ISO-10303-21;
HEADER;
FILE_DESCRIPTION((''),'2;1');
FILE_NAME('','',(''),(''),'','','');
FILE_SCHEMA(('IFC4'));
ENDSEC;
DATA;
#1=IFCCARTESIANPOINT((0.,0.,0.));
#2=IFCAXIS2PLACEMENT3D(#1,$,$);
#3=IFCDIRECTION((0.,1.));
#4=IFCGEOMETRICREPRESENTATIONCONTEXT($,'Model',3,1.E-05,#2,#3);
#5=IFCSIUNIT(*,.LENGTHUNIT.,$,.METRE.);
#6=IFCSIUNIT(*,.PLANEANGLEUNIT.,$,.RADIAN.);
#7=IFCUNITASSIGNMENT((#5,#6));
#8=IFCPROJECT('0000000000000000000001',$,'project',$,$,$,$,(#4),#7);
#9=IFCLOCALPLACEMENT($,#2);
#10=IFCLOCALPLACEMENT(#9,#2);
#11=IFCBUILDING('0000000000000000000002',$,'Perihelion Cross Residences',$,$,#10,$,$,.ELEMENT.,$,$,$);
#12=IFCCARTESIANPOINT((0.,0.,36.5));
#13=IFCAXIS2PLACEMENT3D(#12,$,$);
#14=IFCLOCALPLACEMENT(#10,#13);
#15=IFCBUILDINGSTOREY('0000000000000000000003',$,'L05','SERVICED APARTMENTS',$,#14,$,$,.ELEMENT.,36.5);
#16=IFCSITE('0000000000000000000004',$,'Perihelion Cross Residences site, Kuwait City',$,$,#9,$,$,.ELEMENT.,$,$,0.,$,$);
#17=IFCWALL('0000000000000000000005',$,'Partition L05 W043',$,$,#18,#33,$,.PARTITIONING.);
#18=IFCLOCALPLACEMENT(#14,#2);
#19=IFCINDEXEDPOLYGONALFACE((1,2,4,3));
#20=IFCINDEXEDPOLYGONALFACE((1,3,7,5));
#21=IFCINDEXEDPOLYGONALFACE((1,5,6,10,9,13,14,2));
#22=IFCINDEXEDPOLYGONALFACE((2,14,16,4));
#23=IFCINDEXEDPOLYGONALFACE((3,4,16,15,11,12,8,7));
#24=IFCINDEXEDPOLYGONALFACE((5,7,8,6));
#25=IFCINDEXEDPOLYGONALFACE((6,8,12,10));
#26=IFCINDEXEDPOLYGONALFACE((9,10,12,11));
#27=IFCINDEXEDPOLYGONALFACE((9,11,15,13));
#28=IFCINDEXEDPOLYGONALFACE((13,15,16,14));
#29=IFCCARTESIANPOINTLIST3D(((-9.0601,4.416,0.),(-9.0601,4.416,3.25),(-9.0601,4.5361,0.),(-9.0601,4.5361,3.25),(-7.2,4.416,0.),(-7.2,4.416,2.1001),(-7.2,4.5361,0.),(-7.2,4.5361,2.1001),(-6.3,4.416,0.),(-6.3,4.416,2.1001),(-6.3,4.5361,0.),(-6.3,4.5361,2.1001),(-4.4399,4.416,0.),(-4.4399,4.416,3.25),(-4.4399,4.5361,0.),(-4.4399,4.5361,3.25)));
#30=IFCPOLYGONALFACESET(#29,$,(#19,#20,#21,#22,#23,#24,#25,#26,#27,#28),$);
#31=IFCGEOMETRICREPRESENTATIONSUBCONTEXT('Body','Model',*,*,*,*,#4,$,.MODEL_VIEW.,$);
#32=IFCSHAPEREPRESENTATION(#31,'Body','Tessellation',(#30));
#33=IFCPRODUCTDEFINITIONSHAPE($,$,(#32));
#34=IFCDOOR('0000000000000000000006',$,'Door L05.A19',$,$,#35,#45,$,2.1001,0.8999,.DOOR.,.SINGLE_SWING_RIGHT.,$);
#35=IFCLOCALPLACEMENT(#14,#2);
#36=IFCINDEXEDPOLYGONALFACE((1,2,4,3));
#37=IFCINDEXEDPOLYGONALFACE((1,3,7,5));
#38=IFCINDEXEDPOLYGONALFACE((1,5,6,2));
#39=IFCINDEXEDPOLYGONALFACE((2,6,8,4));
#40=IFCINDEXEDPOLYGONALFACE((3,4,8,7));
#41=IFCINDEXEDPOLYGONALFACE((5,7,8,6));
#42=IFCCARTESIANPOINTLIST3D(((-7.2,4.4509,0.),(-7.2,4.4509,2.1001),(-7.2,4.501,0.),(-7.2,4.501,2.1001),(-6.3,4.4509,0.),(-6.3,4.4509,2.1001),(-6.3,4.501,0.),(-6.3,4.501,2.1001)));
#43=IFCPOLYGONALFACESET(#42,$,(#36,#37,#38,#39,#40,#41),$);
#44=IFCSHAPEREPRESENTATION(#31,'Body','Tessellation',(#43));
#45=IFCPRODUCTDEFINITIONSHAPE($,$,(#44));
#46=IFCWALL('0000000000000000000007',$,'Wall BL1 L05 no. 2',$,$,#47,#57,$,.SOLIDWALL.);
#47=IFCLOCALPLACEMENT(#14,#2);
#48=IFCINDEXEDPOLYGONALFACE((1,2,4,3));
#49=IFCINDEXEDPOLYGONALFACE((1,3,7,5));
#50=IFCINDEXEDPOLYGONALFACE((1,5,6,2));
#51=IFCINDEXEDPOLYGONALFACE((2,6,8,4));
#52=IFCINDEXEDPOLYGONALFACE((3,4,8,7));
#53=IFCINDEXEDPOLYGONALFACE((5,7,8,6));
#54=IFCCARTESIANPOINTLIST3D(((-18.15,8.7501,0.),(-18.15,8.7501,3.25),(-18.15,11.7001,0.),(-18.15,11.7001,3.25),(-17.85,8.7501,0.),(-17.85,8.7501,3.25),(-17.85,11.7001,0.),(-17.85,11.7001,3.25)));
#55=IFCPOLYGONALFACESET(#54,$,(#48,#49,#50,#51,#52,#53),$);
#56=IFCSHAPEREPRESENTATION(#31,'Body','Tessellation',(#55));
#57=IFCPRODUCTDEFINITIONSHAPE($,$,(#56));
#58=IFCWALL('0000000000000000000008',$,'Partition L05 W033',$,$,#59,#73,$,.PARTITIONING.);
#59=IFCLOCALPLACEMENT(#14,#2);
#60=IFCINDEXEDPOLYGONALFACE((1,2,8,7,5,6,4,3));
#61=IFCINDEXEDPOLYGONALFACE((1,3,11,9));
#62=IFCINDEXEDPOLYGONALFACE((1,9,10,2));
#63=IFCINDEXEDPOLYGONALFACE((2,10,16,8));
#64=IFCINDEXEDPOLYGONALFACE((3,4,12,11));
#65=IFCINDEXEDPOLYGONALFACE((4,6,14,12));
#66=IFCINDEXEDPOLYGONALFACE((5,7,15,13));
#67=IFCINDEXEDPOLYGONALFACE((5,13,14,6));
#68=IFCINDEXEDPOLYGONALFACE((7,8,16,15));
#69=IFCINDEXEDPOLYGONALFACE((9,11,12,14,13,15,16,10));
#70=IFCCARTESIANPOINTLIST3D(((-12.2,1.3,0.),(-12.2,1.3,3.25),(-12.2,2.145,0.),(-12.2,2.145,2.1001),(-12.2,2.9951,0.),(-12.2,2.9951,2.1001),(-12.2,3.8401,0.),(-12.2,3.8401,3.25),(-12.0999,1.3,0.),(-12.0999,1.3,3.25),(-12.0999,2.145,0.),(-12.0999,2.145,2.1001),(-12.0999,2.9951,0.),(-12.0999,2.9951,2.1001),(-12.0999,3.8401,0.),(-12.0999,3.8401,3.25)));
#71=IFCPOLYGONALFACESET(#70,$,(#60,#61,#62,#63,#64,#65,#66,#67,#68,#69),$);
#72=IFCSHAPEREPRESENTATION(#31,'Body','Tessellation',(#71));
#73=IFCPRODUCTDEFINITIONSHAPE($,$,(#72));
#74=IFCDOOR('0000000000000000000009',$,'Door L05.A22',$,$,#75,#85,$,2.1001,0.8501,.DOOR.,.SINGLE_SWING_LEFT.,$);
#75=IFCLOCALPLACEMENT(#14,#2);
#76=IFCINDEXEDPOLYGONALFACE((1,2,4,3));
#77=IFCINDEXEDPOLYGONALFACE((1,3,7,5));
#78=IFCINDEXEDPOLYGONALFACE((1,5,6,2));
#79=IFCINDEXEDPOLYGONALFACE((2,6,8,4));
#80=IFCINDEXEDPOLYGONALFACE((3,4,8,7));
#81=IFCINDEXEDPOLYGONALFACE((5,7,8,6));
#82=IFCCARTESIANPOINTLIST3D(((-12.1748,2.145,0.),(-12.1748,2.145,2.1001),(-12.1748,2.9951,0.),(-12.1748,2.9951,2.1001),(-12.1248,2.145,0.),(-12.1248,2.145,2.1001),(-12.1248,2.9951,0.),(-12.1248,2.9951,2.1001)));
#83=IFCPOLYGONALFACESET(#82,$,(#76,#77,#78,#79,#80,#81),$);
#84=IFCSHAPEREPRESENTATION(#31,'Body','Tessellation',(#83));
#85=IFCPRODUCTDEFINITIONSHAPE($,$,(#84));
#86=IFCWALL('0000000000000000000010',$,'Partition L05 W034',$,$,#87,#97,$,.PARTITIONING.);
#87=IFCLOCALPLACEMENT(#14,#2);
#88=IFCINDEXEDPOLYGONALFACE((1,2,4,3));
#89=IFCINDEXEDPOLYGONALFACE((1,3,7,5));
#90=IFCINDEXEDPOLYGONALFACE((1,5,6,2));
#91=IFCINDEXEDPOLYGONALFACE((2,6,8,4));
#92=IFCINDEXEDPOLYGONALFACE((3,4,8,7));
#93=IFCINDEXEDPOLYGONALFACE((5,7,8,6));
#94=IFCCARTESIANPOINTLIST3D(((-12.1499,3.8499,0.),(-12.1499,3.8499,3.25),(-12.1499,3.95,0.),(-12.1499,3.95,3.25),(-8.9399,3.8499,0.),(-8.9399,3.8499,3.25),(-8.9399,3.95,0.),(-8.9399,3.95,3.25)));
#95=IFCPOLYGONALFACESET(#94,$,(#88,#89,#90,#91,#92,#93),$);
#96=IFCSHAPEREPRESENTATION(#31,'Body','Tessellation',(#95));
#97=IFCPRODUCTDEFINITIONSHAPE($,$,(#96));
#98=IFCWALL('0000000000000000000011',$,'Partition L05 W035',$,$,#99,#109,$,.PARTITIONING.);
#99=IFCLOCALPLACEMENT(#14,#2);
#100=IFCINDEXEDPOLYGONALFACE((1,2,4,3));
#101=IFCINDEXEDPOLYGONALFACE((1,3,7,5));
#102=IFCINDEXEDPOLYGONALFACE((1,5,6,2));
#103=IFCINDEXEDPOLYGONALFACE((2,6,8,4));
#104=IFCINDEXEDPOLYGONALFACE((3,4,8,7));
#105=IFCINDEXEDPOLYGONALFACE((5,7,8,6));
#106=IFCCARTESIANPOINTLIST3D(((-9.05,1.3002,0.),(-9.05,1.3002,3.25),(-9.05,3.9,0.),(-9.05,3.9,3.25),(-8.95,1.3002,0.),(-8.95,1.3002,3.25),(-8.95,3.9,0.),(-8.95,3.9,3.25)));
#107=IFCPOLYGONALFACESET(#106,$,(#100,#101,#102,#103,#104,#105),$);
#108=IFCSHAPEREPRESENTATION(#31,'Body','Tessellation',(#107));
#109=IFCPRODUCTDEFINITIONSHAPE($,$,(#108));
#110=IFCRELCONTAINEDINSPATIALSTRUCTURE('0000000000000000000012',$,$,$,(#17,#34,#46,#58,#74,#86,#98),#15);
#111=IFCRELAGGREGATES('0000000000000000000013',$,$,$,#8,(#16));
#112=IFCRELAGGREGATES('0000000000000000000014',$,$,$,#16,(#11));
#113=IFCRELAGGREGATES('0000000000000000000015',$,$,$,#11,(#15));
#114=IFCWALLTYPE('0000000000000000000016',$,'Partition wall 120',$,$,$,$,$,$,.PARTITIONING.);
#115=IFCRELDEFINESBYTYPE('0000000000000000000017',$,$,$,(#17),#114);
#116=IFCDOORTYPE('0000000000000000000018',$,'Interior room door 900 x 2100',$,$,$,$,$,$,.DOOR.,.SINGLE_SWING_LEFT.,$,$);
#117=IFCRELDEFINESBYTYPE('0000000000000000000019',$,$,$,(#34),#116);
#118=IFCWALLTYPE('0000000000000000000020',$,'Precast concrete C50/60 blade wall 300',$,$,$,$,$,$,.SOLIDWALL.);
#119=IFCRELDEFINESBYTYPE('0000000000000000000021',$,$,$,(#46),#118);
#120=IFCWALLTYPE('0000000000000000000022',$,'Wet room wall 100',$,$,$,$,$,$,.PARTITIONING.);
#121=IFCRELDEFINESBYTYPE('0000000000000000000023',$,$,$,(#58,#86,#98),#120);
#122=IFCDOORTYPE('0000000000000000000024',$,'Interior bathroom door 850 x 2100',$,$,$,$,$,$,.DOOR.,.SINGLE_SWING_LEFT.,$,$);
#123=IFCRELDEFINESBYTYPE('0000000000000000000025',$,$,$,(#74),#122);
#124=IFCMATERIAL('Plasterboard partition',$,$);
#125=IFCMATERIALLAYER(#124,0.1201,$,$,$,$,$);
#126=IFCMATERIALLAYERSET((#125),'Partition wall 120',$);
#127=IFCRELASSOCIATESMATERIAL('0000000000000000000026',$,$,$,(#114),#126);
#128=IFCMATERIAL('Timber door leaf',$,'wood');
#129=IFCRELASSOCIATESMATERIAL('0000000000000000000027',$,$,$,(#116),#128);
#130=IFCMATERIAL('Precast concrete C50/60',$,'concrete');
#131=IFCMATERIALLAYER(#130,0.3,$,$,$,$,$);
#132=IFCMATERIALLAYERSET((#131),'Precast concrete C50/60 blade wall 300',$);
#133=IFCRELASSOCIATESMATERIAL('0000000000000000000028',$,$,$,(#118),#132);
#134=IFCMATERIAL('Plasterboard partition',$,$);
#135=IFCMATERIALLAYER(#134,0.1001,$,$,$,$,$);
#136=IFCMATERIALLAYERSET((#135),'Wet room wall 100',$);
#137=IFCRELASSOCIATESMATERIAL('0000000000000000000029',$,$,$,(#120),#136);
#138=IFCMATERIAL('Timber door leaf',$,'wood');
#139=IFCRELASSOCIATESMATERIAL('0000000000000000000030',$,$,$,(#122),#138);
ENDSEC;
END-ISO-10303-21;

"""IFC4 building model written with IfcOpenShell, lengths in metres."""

from ifc_helpers import new_model, si_unit, direction, frame, frame_2d, origin, place, context, subcontext, project, spatial, rectangle, extrude, material, layer, layer_set, type_object, element, fill, save


model = new_model("IFC4")

# Units and contexts
model_context = context("Model", 3, precision=1e-05, world=origin(), true_north=direction((0.0, 1.0)))
body_context = subcontext(model_context, "Body", "Model", "MODEL_VIEW")
ifc_project = project(units=[si_unit("LENGTHUNIT", "METRE"), si_unit("PLANEANGLEUNIT", "RADIAN")], contexts=[model_context])

# Site, building, storey
site_placement = place(None, origin())
site = spatial("IfcSite", under=ifc_project, at=site_placement, Name="Perihelion Cross Residences site, Kuwait City", CompositionType="ELEMENT", RefElevation=0.0)
building_placement = place(site_placement, origin())
building = spatial("IfcBuilding", under=site, at=building_placement, Name="Perihelion Cross Residences", CompositionType="ELEMENT")
storey_placement = place(building_placement, frame((0.0, 0.0, 36.5)))
storey = spatial("IfcBuildingStorey", under=building, at=storey_placement, Name="L05", Description="SERVICED APARTMENTS", CompositionType="ELEMENT", Elevation=36.5)

# Shared definitions
ifc_material_1 = material(Name="Plasterboard partition")
ifc_layer_1 = layer(ifc_material_1, 0.1201)
ifc_layer_set_1 = layer_set([ifc_layer_1], Name="Partition wall 120")
wall_type_1 = type_object("IfcWallType", Name="Partition wall 120", PredefinedType="PARTITIONING", material=ifc_layer_set_1)
ifc_material_2 = material(Name="Timber door leaf", Category="wood")
door_type_1 = type_object("IfcDoorType", Name="Interior room door 900 x 2100", OperationType="SINGLE_SWING_LEFT", PredefinedType="DOOR", material=ifc_material_2)

# Wall, opening, door
wall_1_placement = place(storey_placement, frame((-9.0601, 4.4761, 0.0), z_axis=(0.0, 0.0, 1.0), x_axis=(1.0, 0.0, 0.0)))
wall_1 = element("IfcWall", 1, at=wall_1_placement, inside=storey, type_object=wall_type_1, Name="Partition L05 W043", PredefinedType="PARTITIONING", context=body_context, shape_type="SweptSolid", body=[
    extrude(rectangle(XDim=4.6201, YDim=0.1201, at=frame_2d((2.3101, 0.0))), origin(), (0.0, 0.0, 1.0), 3.25),
])
opening_1_placement = place(wall_1_placement, frame((1.8601, 0.0, 0.0)))
opening_1 = element("IfcOpeningElement", 2, at=opening_1_placement, cuts=wall_1, PredefinedType="OPENING", context=body_context, shape_type="SweptSolid", body=[
    extrude(rectangle(XDim=0.8999, YDim=2.1001, at=frame_2d((0.45, 1.05))), frame((0.0, 0.0701, 0.0), z_axis=(0.0, -1.0, 0.0), x_axis=(1.0, 0.0, 0.0)), (0.0, 0.0, 1.0), 0.1401),
])
door_1_placement = place(opening_1_placement, origin())
door_1 = element("IfcDoor", 3, at=door_1_placement, inside=storey, type_object=door_type_1, Name="Door L05.A19", OperationType="SINGLE_SWING_RIGHT", OverallHeight=2.1001, OverallWidth=0.8999, PredefinedType="DOOR", context=body_context, shape_type="SweptSolid", body=[
    extrude(rectangle(XDim=0.8999, YDim=2.1001, at=frame_2d((0.45, 1.05))), frame((0.0, 0.0249, 0.0), z_axis=(0.0, -1.0, 0.0), x_axis=(1.0, 0.0, 0.0)), (0.0, 0.0, 1.0), 0.05),
])
fill(opening_1, door_1)

# Wall
ifc_material_3 = material(Name="Precast concrete C50/60", Category="concrete")
ifc_layer_2 = layer(ifc_material_3, 0.3)
ifc_layer_set_2 = layer_set([ifc_layer_2], Name="Precast concrete C50/60 blade wall 300")
wall_type_2 = type_object("IfcWallType", Name="Precast concrete C50/60 blade wall 300", PredefinedType="SOLIDWALL", material=ifc_layer_set_2)
wall_2_placement = place(storey_placement, frame((-18.0, 8.75, 0.0), z_axis=(0.0, 0.0, 1.0), x_axis=(0.0, 1.0, 0.0)))
element("IfcWall", 4, at=wall_2_placement, inside=storey, type_object=wall_type_2, Name="Wall BL1 L05 no. 2", PredefinedType="SOLIDWALL", context=body_context, shape_type="SweptSolid", body=[
    extrude(rectangle(XDim=2.95, YDim=0.3, at=frame_2d((1.4751, 0.0))), origin(), (0.0, 0.0, 1.0), 3.25),
])

# Wall, opening, door
ifc_material_4 = material(Name="Plasterboard partition")
ifc_layer_3 = layer(ifc_material_4, 0.1001)
ifc_layer_set_3 = layer_set([ifc_layer_3], Name="Wet room wall 100")
wall_type_3 = type_object("IfcWallType", Name="Wet room wall 100", PredefinedType="PARTITIONING", material=ifc_layer_set_3)
wall_3_placement = place(storey_placement, frame((-12.1499, 1.3, 0.0), z_axis=(0.0, 0.0, 1.0), x_axis=(0.0, 1.0, 0.0)))
wall_3 = element("IfcWall", 5, at=wall_3_placement, inside=storey, type_object=wall_type_3, Name="Partition L05 W033", PredefinedType="PARTITIONING", context=body_context, shape_type="SweptSolid", body=[
    extrude(rectangle(XDim=2.54, YDim=0.1001, at=frame_2d((1.27, 0.0))), origin(), (0.0, 0.0, 1.0), 3.25),
])
opening_2_placement = place(wall_3_placement, frame((0.845, 0.0, 0.0)))
opening_2 = element("IfcOpeningElement", 6, at=opening_2_placement, cuts=wall_3, PredefinedType="OPENING", context=body_context, shape_type="SweptSolid", body=[
    extrude(rectangle(XDim=0.8501, YDim=2.1001, at=frame_2d((0.425, 1.05))), frame((0.0, 0.0601, 0.0), z_axis=(0.0, -1.0, 0.0), x_axis=(1.0, 0.0, 0.0)), (0.0, 0.0, 1.0), 0.1201),
])
ifc_material_5 = material(Name="Timber door leaf", Category="wood")
door_type_2 = type_object("IfcDoorType", Name="Interior bathroom door 850 x 2100", OperationType="SINGLE_SWING_LEFT", PredefinedType="DOOR", material=ifc_material_5)
door_2_placement = place(opening_2_placement, origin())
door_2 = element("IfcDoor", 7, at=door_2_placement, inside=storey, type_object=door_type_2, Name="Door L05.A22", OperationType="SINGLE_SWING_LEFT", OverallHeight=2.1001, OverallWidth=0.8501, PredefinedType="DOOR", context=body_context, shape_type="SweptSolid", body=[
    extrude(rectangle(XDim=0.8501, YDim=2.1001, at=frame_2d((0.425, 1.05))), frame((0.0, 0.0249, 0.0), z_axis=(0.0, -1.0, 0.0), x_axis=(1.0, 0.0, 0.0)), (0.0, 0.0, 1.0), 0.05),
])
fill(opening_2, door_2)

# Walls
wall_4_placement = place(storey_placement, frame((-12.1499, 3.8999, 0.0), z_axis=(0.0, 0.0, 1.0), x_axis=(1.0, 0.0, 0.0)))
element("IfcWall", 8, at=wall_4_placement, inside=storey, type_object=wall_type_3, Name="Partition L05 W034", PredefinedType="PARTITIONING", context=body_context, shape_type="SweptSolid", body=[
    extrude(rectangle(XDim=3.21, YDim=0.1001, at=frame_2d((1.605, 0.0))), origin(), (0.0, 0.0, 1.0), 3.25),
])
wall_5_placement = place(storey_placement, frame((-9.0, 3.8999, 0.0), z_axis=(0.0, 0.0, 1.0), x_axis=(0.0, -1.0, 0.0)))
element("IfcWall", 9, at=wall_5_placement, inside=storey, type_object=wall_type_3, Name="Partition L05 W035", PredefinedType="PARTITIONING", context=body_context, shape_type="SweptSolid", body=[
    extrude(rectangle(XDim=2.5999, YDim=0.1001, at=frame_2d((1.2998, 0.0))), origin(), (0.0, 0.0, 1.0), 3.25),
])

save(model, "model.ifc")
